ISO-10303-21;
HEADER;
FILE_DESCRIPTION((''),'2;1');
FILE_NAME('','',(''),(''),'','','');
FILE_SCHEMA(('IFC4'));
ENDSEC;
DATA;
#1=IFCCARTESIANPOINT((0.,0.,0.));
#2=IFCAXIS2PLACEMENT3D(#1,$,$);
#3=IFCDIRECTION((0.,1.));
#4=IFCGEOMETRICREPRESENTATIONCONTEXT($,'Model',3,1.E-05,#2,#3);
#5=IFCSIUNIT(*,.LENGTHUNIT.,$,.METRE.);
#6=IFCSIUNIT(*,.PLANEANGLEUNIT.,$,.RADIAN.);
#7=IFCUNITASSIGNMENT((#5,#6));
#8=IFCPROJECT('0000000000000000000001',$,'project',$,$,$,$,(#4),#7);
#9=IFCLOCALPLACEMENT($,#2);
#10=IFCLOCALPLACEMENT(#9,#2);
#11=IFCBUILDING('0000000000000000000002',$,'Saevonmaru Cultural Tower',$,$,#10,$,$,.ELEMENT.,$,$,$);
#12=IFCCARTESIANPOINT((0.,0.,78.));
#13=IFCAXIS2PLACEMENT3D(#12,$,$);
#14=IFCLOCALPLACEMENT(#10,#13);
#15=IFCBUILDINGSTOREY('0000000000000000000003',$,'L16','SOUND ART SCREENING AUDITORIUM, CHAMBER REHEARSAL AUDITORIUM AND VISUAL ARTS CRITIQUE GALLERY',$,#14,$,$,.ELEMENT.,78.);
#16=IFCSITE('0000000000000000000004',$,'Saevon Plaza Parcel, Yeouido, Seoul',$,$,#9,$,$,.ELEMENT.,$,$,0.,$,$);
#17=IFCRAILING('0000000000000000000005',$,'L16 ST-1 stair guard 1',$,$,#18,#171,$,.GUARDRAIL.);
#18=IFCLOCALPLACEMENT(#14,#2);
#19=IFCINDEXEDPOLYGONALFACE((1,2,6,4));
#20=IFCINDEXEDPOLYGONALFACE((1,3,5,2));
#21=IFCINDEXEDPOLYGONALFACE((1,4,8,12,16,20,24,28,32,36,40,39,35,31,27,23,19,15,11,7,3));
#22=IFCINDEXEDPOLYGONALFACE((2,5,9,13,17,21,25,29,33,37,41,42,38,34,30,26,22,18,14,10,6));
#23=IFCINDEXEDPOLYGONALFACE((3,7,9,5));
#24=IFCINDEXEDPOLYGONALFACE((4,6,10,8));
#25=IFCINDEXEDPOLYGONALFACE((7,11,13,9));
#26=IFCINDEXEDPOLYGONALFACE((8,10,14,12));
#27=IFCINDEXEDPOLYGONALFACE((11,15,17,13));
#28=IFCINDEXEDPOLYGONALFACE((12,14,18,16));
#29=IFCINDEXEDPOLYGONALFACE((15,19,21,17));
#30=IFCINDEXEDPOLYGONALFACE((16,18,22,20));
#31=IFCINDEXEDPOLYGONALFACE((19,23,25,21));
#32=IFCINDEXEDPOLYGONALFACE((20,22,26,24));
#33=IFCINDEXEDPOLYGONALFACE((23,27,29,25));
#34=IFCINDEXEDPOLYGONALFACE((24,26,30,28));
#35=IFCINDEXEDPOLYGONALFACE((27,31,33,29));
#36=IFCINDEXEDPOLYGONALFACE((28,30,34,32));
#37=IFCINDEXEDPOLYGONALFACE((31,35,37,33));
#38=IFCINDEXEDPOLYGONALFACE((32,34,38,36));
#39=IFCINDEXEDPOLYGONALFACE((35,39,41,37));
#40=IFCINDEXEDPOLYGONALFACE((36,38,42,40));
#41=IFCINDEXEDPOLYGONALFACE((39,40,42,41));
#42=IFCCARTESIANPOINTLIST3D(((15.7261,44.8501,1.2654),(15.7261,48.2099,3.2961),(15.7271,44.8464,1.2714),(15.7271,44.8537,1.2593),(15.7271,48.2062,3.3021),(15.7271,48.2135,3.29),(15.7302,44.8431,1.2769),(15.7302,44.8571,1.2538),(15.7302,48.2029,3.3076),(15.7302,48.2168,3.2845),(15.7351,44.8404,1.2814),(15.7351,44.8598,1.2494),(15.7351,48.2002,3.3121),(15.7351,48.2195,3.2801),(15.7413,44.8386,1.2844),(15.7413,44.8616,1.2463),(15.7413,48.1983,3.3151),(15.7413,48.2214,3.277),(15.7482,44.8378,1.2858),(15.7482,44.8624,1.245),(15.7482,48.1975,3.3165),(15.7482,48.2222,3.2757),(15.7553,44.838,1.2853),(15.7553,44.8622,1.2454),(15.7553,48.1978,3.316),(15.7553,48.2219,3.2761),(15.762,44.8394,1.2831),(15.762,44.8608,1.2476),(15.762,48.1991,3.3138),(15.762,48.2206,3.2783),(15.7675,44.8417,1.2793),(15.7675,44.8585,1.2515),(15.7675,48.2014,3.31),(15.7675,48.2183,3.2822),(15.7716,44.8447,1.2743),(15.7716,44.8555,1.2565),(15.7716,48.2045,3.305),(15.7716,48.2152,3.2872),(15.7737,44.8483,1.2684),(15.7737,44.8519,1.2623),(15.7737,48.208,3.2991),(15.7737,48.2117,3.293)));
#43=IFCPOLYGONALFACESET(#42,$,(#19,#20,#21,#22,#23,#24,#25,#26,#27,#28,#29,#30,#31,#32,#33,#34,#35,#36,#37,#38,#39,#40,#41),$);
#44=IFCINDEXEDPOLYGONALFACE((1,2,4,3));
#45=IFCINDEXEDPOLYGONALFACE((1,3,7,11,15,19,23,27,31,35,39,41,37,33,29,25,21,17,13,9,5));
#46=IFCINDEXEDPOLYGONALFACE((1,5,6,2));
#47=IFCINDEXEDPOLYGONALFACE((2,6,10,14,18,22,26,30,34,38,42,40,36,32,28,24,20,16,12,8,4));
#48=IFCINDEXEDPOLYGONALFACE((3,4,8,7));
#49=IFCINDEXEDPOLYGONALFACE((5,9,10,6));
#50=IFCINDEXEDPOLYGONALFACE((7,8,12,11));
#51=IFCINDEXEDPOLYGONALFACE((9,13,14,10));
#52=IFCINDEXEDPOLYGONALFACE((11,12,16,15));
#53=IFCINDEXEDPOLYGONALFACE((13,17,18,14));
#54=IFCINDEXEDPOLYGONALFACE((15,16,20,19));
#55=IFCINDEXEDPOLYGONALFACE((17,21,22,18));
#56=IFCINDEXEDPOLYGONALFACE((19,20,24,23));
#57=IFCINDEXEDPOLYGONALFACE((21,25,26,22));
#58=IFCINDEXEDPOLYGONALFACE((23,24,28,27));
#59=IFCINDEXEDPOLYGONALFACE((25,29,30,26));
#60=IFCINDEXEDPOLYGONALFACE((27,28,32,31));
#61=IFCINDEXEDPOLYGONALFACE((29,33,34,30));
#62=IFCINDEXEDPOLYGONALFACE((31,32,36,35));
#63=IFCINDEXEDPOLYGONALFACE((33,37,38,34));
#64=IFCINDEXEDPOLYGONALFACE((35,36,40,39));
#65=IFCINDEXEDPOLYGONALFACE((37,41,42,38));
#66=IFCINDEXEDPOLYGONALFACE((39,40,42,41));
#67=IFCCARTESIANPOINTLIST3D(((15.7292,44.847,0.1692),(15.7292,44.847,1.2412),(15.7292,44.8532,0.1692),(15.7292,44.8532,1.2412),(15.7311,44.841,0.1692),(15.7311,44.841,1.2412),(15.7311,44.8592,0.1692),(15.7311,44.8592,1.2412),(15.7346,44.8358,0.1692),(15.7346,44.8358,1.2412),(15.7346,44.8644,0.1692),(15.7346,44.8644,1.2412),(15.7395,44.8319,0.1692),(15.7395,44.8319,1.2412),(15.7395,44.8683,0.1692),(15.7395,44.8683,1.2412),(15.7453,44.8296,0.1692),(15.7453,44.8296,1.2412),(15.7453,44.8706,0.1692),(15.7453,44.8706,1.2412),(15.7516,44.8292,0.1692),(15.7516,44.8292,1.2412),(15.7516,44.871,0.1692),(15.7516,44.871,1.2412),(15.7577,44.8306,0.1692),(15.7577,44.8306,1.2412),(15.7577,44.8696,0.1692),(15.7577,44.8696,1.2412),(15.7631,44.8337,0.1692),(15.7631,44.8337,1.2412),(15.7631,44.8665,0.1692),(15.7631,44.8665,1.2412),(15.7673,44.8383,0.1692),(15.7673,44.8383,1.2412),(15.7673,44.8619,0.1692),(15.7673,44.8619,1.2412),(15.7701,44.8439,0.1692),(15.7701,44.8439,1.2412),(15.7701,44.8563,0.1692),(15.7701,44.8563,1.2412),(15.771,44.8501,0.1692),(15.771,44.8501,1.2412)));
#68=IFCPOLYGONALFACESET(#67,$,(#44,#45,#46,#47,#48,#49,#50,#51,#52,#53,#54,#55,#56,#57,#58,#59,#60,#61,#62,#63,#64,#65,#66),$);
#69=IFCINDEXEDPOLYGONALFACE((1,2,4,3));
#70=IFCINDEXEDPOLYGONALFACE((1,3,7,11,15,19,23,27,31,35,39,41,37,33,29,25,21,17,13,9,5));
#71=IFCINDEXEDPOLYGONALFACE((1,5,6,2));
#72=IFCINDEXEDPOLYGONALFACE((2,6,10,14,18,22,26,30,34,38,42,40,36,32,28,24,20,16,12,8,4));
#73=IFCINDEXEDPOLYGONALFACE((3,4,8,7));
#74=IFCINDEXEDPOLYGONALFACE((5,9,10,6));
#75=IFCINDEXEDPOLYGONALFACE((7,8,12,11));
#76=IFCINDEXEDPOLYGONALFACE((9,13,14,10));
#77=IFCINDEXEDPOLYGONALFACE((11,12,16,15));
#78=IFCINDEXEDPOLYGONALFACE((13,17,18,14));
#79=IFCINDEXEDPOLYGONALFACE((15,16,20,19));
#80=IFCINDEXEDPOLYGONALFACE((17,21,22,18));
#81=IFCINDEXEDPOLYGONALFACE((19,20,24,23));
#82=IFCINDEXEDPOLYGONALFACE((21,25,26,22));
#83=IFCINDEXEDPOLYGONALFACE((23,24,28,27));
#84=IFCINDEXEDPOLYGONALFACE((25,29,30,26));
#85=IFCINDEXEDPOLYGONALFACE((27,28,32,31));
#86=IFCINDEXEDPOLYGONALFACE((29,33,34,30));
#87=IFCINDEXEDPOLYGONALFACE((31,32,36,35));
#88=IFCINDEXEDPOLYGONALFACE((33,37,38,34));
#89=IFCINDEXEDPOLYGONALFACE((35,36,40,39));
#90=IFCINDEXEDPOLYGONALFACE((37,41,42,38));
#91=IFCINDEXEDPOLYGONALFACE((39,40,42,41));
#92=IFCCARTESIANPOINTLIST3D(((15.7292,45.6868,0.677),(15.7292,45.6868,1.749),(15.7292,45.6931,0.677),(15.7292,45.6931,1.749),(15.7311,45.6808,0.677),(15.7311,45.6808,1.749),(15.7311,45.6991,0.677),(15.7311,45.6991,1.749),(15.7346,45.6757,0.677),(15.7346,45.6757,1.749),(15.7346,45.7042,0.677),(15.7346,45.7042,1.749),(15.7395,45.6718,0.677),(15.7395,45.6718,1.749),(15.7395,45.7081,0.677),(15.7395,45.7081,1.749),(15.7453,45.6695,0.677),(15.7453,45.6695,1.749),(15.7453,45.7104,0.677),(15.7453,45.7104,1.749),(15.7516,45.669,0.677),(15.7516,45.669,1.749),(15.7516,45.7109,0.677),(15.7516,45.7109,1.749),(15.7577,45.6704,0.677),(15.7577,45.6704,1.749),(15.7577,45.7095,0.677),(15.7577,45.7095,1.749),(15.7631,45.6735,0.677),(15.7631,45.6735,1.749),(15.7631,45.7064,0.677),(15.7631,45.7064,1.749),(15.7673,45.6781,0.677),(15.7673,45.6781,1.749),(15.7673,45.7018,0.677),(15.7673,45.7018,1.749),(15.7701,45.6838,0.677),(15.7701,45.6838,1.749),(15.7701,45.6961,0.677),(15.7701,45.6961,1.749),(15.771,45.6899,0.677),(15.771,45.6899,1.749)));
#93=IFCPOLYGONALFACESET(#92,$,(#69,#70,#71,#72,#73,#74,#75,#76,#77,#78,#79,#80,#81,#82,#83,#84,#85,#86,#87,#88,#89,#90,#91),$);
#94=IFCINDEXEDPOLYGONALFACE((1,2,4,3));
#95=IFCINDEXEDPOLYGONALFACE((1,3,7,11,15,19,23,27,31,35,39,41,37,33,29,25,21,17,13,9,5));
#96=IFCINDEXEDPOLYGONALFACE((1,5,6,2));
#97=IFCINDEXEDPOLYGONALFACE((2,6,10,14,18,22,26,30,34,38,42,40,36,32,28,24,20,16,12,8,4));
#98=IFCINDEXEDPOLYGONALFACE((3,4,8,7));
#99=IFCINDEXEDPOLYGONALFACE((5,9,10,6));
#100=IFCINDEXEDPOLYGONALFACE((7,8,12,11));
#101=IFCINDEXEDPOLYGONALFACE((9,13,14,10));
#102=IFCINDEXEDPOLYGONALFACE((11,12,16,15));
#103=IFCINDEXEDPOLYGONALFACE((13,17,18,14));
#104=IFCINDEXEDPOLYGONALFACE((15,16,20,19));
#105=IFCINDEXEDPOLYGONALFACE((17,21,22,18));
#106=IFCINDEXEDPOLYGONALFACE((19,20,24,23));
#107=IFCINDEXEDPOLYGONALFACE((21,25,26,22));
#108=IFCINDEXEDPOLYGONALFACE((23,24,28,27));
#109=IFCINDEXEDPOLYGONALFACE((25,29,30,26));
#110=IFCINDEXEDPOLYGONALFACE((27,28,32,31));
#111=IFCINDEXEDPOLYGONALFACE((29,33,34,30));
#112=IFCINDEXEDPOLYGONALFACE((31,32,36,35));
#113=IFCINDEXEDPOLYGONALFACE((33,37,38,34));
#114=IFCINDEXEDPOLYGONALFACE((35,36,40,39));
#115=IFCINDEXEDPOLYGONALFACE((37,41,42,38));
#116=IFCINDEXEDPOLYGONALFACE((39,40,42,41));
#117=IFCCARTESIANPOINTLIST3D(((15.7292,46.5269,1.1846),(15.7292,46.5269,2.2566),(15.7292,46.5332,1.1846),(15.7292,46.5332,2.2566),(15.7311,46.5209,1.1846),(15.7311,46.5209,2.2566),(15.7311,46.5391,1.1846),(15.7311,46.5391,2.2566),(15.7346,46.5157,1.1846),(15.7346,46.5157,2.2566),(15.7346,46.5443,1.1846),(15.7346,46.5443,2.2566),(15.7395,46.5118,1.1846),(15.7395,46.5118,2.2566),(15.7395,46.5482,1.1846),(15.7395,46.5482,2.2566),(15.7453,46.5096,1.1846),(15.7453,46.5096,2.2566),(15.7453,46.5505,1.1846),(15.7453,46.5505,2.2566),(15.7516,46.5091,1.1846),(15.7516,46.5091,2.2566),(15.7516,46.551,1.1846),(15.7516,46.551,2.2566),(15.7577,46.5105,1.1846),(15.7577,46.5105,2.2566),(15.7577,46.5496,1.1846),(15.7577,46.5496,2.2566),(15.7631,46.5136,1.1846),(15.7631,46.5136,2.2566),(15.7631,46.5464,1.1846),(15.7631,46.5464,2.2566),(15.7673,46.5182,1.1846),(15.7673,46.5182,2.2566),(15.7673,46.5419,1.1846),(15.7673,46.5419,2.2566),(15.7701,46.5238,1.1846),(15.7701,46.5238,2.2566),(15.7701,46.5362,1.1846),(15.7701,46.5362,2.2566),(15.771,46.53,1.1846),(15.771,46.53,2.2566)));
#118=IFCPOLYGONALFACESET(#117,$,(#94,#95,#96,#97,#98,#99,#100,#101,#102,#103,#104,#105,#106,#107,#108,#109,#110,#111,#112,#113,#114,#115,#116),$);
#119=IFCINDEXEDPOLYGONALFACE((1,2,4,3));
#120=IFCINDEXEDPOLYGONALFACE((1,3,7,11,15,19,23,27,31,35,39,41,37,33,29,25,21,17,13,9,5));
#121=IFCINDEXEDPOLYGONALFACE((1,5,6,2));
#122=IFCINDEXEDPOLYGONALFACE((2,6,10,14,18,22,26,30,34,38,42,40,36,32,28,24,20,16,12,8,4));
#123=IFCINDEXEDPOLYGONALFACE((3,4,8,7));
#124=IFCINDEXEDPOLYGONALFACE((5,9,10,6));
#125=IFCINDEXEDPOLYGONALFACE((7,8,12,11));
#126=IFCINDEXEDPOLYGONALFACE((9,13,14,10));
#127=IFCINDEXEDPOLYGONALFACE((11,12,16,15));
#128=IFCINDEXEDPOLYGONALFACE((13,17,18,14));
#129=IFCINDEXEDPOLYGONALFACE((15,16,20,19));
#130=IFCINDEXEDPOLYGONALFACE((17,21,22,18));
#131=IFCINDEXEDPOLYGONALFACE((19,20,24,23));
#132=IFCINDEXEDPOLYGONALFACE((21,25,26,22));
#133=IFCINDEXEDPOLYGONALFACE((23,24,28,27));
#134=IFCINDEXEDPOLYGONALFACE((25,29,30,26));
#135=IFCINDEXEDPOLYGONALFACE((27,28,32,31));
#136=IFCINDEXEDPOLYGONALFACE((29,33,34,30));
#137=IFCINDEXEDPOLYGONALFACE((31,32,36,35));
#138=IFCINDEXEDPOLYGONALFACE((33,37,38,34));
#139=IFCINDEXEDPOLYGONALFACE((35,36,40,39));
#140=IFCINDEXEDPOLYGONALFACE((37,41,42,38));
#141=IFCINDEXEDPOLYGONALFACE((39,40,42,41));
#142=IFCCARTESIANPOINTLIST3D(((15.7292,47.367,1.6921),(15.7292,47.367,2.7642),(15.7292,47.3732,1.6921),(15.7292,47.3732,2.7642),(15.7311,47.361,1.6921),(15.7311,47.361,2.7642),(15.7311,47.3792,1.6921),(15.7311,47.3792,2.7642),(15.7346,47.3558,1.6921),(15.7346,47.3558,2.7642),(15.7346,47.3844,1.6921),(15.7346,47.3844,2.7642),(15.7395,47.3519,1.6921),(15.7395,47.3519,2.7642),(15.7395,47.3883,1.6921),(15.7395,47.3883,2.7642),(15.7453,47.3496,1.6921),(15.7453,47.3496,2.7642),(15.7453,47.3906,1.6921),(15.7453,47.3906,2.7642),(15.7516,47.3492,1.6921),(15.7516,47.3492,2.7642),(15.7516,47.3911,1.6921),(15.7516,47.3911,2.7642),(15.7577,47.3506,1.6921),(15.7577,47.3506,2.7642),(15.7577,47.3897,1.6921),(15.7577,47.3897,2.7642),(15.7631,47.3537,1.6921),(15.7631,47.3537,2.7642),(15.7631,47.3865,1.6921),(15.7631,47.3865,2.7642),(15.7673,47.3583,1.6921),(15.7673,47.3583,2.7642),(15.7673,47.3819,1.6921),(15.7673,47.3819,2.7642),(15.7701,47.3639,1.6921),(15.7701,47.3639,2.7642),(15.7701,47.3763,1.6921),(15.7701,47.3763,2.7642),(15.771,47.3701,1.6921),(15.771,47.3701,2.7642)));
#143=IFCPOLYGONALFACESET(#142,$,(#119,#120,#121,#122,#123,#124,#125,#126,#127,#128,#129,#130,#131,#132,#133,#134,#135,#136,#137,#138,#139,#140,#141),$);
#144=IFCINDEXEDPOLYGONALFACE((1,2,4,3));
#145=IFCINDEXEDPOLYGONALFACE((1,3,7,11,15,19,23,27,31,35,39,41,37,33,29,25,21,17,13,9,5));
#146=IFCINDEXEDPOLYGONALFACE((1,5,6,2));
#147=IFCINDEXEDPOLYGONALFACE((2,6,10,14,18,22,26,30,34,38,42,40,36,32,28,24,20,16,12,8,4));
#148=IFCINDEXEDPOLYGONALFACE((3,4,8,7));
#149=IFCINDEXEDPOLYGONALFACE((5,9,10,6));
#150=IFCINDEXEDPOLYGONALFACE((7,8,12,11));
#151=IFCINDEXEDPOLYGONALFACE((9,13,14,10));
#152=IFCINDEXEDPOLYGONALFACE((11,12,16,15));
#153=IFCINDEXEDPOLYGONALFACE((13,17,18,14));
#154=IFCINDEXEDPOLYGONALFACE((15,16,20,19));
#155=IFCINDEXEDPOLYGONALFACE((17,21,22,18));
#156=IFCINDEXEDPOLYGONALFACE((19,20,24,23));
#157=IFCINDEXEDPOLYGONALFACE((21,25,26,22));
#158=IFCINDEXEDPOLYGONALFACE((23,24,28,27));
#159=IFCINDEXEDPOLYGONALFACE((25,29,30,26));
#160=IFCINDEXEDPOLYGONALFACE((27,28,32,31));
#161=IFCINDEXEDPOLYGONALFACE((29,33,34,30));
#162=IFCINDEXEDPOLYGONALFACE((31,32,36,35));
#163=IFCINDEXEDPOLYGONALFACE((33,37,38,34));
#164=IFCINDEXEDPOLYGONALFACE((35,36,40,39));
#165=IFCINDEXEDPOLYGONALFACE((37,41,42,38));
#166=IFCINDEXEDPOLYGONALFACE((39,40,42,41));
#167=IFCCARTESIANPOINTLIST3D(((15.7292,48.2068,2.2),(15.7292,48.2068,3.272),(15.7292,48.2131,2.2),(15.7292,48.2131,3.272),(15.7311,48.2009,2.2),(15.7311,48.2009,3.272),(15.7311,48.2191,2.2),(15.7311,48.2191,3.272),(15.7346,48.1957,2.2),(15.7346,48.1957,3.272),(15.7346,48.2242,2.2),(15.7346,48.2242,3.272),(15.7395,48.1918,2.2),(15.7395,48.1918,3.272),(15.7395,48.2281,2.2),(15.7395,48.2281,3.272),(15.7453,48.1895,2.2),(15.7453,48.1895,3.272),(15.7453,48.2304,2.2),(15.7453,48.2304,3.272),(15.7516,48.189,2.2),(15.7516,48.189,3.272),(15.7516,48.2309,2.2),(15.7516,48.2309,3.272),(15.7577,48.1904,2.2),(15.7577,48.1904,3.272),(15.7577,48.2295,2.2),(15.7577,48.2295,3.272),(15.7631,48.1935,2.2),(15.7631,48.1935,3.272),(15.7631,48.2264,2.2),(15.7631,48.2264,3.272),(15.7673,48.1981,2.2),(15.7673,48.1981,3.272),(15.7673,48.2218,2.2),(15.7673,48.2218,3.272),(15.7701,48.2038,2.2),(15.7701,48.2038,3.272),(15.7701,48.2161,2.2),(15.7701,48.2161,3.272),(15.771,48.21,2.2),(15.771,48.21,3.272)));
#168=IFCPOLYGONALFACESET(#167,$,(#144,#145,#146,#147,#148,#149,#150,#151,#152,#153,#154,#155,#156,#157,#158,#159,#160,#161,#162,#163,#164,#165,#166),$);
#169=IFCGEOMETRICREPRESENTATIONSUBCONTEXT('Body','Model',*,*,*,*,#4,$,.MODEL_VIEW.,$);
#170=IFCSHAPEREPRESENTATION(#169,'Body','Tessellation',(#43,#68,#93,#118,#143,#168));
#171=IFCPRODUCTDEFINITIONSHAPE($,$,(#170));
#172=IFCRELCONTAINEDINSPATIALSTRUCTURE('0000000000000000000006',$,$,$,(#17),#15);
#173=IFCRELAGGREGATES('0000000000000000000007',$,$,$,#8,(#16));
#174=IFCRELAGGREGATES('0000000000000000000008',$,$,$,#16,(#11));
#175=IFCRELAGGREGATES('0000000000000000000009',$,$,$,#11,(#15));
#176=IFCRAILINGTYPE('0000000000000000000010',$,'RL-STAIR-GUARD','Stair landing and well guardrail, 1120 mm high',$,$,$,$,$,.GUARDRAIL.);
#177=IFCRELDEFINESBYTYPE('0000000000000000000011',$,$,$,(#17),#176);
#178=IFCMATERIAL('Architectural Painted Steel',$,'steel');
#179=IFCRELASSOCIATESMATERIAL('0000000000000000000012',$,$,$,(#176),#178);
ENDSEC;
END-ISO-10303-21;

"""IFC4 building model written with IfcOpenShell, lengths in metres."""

from ifc_helpers import new_model, si_unit, direction, frame, origin, origin_2d, place, context, subcontext, project, spatial, circle, extrude, material, type_object, element, save


model = new_model("IFC4")

# Units and contexts
model_context = context("Model", 3, precision=1e-05, world=origin(), true_north=direction((0.0, 1.0)))
body_context = subcontext(model_context, "Body", "Model", "MODEL_VIEW")
ifc_project = project(units=[si_unit("LENGTHUNIT", "METRE"), si_unit("PLANEANGLEUNIT", "RADIAN")], contexts=[model_context])

# Site, building, storey
site_placement = place(None, origin())
site = spatial("IfcSite", under=ifc_project, at=site_placement, Name="Saevon Plaza Parcel, Yeouido, Seoul", CompositionType="ELEMENT", RefElevation=0.0)
building_placement = place(site_placement, origin())
building = spatial("IfcBuilding", under=site, at=building_placement, Name="Saevonmaru Cultural Tower", CompositionType="ELEMENT")
storey_placement = place(building_placement, frame((0.0, 0.0, 78.0)))
storey = spatial("IfcBuildingStorey", under=building, at=storey_placement, Name="L16", Description="SOUND ART SCREENING AUDITORIUM, CHAMBER REHEARSAL AUDITORIUM AND VISUAL ARTS CRITIQUE GALLERY", CompositionType="ELEMENT", Elevation=78.0)

# Railing
ifc_material_1 = material(Name="Architectural Painted Steel", Category="steel")
railing_type_1 = type_object("IfcRailingType", Name="RL-STAIR-GUARD", Description="Stair landing and well guardrail, 1120 mm high", PredefinedType="GUARDRAIL", material=ifc_material_1)
railing_1_placement = place(storey_placement, frame((15.75, 44.8501, 0.1692)))
element("IfcRailing", 1, at=railing_1_placement, inside=storey, type_object=railing_type_1, Name="L16 ST-1 stair guard 1", PredefinedType="GUARDRAIL", context=body_context, shape_type="SweptSolid", body=[
    extrude(circle(Radius=0.0239, at=origin_2d()), frame((0.0, 0.0, 1.0962), z_axis=(0.0, 0.85582, 0.517273), x_axis=(-1.0, 0.0, 0.0)), (0.0, 0.0, 1.0), 3.9258),
    extrude(circle(Radius=0.021, at=origin_2d()), origin(), (0.0, 0.0, 1.0), 1.072),
    extrude(circle(Radius=0.021, at=origin_2d()), frame((0.0, 0.8398, 0.5078)), (0.0, 0.0, 1.0), 1.072),
    extrude(circle(Radius=0.021, at=origin_2d()), frame((0.0, 1.6799, 1.0154)), (0.0, 0.0, 1.0), 1.072),
    extrude(circle(Radius=0.021, at=origin_2d()), frame((0.0, 2.52, 1.5229)), (0.0, 0.0, 1.0), 1.072),
    extrude(circle(Radius=0.021, at=origin_2d()), frame((0.0, 3.3599, 2.0308)), (0.0, 0.0, 1.0), 1.072),
])

save(model, "model.ifc")
